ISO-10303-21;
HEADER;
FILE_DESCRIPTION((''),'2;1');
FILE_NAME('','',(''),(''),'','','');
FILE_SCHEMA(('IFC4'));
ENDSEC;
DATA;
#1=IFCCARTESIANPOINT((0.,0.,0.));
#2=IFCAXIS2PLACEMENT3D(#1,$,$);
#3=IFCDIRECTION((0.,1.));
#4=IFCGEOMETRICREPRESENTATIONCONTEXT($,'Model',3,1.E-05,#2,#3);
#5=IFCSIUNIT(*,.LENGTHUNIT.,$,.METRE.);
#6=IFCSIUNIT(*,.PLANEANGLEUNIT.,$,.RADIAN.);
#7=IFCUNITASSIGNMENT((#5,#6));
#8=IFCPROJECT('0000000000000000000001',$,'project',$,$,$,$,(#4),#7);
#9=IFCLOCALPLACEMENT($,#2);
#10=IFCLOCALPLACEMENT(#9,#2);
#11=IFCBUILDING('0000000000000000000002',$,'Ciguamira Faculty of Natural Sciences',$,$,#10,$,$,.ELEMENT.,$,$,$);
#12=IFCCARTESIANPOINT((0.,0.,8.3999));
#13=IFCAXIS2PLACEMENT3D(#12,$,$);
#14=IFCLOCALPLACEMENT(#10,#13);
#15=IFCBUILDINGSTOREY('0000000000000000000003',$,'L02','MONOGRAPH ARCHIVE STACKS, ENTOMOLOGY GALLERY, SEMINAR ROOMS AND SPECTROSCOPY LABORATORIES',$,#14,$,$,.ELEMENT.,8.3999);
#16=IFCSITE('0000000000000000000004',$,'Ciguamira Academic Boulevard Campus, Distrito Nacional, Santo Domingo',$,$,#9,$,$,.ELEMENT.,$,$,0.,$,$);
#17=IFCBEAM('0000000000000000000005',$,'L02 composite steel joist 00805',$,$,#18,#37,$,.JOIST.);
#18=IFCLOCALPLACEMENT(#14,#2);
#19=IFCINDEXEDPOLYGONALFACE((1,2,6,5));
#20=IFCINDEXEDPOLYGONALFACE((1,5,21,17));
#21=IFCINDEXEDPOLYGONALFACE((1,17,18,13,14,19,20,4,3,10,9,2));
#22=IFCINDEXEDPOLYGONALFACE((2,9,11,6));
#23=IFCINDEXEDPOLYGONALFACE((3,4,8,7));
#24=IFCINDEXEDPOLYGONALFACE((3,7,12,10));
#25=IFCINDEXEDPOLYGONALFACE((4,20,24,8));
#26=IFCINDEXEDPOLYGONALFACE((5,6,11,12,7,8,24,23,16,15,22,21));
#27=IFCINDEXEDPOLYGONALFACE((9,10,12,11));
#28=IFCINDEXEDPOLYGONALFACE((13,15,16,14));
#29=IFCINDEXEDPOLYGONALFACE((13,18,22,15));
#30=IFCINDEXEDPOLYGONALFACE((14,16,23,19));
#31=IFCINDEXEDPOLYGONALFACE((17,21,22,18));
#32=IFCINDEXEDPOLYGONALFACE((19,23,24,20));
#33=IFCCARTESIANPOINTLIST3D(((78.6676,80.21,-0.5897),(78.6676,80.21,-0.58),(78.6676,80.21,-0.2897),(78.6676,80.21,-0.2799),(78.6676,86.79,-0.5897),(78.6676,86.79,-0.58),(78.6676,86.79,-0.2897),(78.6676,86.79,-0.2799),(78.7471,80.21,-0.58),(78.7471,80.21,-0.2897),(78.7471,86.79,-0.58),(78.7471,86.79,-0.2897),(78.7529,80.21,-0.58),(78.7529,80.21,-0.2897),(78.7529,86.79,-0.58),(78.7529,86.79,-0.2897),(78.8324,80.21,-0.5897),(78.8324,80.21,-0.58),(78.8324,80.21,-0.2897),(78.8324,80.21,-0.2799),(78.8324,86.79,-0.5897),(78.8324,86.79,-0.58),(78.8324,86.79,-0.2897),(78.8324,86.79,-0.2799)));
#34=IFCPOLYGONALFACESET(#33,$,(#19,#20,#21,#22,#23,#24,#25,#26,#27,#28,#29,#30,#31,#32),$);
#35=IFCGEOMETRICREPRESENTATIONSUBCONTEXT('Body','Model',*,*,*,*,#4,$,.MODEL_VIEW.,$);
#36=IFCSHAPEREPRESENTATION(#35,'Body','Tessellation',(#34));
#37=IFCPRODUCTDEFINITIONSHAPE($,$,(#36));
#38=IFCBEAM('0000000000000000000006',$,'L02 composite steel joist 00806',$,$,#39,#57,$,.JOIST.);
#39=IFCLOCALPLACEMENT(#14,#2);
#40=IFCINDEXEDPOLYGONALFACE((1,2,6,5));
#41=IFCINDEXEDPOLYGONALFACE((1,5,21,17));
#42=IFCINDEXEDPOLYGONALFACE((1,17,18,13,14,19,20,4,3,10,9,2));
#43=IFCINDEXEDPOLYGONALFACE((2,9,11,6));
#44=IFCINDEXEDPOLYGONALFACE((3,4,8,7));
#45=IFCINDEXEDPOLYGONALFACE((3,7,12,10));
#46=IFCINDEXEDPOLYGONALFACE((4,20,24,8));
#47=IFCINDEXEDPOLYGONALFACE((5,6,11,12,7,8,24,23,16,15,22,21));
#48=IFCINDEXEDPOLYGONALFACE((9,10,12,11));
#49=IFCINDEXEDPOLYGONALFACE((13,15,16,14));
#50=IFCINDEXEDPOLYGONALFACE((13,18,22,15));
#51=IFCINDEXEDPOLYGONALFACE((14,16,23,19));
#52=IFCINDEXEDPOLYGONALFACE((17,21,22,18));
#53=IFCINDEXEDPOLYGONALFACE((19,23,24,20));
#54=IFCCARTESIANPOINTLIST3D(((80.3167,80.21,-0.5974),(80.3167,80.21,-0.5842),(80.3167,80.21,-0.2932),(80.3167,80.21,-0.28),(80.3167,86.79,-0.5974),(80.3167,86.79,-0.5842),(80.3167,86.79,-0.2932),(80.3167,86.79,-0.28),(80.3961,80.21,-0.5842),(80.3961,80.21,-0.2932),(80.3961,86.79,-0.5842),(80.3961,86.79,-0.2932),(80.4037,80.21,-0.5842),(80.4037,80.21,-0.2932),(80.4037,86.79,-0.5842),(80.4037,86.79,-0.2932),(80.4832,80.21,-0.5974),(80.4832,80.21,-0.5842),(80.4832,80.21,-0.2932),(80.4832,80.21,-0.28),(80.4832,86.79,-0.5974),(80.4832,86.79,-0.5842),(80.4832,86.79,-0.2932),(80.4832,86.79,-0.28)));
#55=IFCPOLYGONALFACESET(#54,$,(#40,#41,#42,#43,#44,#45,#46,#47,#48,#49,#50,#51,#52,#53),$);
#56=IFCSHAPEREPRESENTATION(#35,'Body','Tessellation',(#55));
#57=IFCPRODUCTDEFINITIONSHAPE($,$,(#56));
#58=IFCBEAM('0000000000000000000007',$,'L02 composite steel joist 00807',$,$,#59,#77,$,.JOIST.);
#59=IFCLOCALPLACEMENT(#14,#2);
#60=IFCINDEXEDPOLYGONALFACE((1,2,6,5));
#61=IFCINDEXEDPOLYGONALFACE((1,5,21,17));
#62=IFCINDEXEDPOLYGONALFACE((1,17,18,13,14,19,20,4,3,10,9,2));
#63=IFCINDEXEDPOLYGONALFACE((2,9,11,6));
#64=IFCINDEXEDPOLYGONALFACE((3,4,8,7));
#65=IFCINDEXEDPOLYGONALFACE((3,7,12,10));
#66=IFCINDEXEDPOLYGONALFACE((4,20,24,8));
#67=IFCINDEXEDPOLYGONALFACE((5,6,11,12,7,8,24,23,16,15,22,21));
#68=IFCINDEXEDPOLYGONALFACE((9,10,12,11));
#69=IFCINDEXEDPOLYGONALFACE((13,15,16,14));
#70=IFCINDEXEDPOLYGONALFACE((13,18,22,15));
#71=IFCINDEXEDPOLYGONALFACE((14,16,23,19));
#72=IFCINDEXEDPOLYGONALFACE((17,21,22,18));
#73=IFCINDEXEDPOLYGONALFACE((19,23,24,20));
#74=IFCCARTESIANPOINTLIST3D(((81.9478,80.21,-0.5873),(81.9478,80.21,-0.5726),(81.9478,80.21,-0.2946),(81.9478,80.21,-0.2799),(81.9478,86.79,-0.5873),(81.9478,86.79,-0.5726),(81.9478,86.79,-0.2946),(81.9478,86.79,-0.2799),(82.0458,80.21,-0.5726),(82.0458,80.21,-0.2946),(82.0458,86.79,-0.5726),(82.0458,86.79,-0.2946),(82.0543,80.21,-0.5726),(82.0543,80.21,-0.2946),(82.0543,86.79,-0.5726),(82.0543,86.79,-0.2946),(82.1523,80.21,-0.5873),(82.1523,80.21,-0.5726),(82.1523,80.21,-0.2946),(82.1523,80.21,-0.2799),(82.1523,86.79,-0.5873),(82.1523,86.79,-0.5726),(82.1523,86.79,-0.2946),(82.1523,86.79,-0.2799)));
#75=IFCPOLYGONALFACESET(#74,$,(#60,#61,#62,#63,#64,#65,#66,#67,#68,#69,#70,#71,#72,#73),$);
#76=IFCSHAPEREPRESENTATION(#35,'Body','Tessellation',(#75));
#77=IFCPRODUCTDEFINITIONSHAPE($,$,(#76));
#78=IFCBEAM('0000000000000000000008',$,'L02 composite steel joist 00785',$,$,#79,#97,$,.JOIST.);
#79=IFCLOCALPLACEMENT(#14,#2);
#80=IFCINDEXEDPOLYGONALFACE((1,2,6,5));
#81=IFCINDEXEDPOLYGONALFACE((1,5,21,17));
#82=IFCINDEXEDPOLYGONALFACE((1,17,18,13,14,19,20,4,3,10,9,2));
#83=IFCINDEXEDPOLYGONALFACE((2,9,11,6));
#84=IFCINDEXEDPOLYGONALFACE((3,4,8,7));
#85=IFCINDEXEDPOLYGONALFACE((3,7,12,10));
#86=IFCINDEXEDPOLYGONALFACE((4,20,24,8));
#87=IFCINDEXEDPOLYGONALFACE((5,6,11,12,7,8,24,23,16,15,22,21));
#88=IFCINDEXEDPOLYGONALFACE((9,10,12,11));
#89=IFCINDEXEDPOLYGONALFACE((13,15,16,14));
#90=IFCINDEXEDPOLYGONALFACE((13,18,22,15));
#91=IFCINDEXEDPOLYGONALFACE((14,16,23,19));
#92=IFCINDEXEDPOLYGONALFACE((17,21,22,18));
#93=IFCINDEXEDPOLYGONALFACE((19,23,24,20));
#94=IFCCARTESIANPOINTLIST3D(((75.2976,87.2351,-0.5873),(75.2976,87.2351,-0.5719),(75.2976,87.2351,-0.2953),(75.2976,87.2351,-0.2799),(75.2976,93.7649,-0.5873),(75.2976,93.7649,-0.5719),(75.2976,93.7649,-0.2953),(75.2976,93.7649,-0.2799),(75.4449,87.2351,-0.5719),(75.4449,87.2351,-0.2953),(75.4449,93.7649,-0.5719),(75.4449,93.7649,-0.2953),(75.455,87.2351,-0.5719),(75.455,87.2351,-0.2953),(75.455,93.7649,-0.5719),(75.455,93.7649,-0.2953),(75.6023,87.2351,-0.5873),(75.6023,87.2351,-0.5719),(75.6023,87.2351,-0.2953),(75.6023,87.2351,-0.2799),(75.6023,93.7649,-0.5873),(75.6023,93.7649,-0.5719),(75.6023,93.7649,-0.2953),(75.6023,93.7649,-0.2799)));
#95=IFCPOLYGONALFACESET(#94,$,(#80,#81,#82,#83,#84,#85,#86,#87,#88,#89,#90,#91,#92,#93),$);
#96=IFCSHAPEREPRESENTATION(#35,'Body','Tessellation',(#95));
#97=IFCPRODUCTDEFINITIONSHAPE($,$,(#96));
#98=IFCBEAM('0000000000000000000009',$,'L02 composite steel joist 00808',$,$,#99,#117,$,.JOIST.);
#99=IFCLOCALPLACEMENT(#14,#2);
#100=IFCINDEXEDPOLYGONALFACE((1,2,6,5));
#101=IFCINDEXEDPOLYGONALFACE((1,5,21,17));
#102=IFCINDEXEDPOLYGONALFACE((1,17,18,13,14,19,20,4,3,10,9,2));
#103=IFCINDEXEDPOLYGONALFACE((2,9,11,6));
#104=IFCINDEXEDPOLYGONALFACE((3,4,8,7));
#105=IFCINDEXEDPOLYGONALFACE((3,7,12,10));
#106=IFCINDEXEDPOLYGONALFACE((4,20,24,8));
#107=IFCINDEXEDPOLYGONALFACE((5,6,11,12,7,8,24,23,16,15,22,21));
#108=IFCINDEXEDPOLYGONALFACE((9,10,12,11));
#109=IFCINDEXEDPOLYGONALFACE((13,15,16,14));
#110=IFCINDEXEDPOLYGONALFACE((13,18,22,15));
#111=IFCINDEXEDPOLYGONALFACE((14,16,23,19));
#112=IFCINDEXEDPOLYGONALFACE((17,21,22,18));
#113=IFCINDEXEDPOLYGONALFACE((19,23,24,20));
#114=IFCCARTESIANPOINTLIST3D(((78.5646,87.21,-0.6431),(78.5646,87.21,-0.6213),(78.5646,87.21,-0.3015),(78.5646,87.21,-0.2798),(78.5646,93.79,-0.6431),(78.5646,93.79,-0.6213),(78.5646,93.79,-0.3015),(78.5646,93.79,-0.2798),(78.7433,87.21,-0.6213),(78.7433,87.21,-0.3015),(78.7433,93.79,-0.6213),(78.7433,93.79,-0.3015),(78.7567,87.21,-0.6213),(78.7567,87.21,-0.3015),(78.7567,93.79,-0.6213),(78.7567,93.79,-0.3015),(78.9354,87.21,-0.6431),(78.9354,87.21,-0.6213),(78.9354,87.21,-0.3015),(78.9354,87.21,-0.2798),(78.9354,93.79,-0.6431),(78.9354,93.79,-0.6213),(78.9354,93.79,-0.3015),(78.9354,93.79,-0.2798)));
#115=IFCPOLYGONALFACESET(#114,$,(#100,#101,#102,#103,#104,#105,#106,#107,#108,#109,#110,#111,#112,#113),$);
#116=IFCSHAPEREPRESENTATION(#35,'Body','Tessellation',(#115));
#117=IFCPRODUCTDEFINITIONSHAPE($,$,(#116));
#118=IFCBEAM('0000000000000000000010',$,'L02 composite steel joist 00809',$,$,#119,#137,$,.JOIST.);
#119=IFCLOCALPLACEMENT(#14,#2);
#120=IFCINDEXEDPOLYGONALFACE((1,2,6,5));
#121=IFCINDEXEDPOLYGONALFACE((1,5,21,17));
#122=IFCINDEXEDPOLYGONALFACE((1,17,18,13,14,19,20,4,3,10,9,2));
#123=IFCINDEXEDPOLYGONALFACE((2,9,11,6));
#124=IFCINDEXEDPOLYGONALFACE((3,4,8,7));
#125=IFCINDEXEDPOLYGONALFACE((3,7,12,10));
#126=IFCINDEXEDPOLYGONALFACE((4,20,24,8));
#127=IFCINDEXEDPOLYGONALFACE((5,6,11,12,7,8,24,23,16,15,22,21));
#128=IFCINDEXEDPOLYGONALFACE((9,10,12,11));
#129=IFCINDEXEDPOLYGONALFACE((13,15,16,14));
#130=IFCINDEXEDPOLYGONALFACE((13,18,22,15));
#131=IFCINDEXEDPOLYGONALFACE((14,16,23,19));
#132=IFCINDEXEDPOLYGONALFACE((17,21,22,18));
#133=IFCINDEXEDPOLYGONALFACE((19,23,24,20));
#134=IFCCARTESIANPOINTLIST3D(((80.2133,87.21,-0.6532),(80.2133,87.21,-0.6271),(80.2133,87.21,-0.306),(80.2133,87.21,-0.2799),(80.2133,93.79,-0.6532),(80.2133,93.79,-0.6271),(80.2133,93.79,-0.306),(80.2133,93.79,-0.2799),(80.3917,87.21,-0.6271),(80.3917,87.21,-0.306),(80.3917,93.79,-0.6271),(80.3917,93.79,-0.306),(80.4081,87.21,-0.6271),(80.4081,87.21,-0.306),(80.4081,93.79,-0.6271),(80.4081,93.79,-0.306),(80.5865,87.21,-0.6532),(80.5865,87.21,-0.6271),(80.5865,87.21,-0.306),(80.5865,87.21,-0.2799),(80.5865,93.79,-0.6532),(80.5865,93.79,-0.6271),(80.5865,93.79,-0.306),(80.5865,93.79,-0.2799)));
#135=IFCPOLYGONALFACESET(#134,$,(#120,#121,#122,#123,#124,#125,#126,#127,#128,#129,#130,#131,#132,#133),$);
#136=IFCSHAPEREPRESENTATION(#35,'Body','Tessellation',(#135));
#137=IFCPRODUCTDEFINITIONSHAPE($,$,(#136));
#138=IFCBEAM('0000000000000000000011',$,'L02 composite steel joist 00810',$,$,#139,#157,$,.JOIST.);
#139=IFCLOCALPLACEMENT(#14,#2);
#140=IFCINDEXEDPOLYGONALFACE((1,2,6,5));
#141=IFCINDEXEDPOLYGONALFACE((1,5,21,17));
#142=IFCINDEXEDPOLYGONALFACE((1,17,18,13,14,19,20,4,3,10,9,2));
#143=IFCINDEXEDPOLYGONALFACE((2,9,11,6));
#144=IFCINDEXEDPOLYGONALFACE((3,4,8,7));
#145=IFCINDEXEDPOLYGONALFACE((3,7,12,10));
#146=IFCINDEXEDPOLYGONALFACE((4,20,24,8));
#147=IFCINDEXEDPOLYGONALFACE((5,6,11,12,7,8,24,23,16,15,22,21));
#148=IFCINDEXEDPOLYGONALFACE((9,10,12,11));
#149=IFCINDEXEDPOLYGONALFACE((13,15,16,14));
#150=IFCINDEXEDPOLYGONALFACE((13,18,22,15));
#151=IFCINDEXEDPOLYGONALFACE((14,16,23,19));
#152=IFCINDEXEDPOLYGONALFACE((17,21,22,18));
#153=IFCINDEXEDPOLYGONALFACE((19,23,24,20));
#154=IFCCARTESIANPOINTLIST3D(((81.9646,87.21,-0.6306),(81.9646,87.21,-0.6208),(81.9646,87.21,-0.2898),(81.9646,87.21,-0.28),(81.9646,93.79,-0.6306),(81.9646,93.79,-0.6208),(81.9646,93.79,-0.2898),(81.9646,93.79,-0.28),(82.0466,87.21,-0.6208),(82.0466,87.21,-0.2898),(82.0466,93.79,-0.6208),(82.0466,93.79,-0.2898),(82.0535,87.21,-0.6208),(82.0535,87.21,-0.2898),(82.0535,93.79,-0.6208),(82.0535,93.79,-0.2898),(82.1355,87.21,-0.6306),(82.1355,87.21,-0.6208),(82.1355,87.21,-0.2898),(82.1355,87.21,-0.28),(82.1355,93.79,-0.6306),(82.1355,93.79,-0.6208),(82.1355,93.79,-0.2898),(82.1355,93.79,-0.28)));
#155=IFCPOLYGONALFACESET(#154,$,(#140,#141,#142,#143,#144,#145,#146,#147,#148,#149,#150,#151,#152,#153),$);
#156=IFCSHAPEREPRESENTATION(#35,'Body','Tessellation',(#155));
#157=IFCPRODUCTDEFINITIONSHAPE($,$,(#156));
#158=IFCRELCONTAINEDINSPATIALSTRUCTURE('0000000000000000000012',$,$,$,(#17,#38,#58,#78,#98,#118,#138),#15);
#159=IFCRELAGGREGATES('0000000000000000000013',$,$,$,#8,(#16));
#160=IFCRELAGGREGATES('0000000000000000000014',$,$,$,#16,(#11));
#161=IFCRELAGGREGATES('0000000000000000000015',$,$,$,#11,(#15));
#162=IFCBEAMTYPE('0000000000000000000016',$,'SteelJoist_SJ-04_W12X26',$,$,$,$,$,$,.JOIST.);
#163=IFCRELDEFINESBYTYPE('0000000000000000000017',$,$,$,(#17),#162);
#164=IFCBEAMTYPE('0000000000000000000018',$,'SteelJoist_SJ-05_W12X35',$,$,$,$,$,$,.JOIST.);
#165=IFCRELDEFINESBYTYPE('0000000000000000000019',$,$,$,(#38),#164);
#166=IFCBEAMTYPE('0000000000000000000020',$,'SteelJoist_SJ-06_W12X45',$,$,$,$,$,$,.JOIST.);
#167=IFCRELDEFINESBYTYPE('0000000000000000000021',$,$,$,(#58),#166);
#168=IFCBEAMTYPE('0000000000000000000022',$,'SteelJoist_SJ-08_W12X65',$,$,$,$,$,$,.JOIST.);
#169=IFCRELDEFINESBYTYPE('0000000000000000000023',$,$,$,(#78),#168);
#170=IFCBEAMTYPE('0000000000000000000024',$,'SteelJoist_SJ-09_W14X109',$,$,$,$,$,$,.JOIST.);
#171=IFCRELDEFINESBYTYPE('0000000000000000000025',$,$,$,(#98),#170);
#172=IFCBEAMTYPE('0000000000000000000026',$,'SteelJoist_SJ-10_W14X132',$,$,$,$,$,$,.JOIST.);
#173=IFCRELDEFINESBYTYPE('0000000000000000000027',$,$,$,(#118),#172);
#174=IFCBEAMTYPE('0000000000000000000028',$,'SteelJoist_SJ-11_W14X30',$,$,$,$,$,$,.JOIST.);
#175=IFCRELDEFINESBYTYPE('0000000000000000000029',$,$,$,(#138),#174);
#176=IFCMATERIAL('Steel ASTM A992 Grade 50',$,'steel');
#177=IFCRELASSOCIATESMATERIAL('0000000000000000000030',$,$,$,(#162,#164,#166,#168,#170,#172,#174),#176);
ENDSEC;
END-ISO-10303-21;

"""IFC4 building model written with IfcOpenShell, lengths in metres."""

from ifc_helpers import new_model, si_unit, direction, frame, origin, origin_2d, place, context, subcontext, project, spatial, i_section, extrude, material, material_profile, profile_set, type_object, element, save


model = new_model("IFC4")

# Units and contexts
model_context = context("Model", 3, precision=1e-05, world=origin(), true_north=direction((0.0, 1.0)))
body_context = subcontext(model_context, "Body", "Model", "MODEL_VIEW")
ifc_project = project(units=[si_unit("LENGTHUNIT", "METRE"), si_unit("PLANEANGLEUNIT", "RADIAN")], contexts=[model_context])

# Site, building, storey
site_placement = place(None, origin())
site = spatial("IfcSite", under=ifc_project, at=site_placement, Name="Ciguamira Academic Boulevard Campus, Distrito Nacional, Santo Domingo", CompositionType="ELEMENT", RefElevation=0.0)
building_placement = place(site_placement, origin())
building = spatial("IfcBuilding", under=site, at=building_placement, Name="Ciguamira Faculty of Natural Sciences", CompositionType="ELEMENT")
storey_placement = place(building_placement, frame((0.0, 0.0, 8.3999)))
storey = spatial("IfcBuildingStorey", under=building, at=storey_placement, Name="L02", Description="MONOGRAPH ARCHIVE STACKS, ENTOMOLOGY GALLERY, SEMINAR ROOMS AND SPECTROSCOPY LABORATORIES", CompositionType="ELEMENT", Elevation=8.3999)

# Beams
ifc_material_1 = material(Name="Steel ASTM A992 Grade 50", Category="steel")
ifc_material_profile_1 = material_profile(ifc_material_1, i_section(OverallWidth=0.1648, OverallDepth=0.3098, WebThickness=0.0059, FlangeThickness=0.0098, at=origin_2d()), Name="W12X26")
ifc_profile_set_1 = profile_set([ifc_material_profile_1], Name="Steel ASTM A992 Grade 50")
beam_type_1 = type_object("IfcBeamType", Name="SteelJoist_SJ-04_W12X26", PredefinedType="JOIST", material=ifc_profile_set_1)
beam_1_placement = place(storey_placement, frame((78.75, 80.21, -0.4348), z_axis=(0.0, 1.0, 0.0), x_axis=(-1.0, 0.0, 0.0)))
element("IfcBeam", 1, at=beam_1_placement, inside=storey, type_object=beam_type_1, Name="L02 composite steel joist 00805", PredefinedType="JOIST", context=body_context, shape_type="SweptSolid", body=[
    extrude(i_section(OverallWidth=0.1648, OverallDepth=0.3098, WebThickness=0.0059, FlangeThickness=0.0098, at=origin_2d()), origin(), (0.0, 0.0, 1.0), 6.5801),
])
ifc_material_profile_2 = material_profile(ifc_material_1, i_section(OverallWidth=0.1665, OverallDepth=0.3174, WebThickness=0.0076, FlangeThickness=0.0132, at=origin_2d()), Name="W12X35")
ifc_profile_set_2 = profile_set([ifc_material_profile_2], Name="Steel ASTM A992 Grade 50")
beam_type_2 = type_object("IfcBeamType", Name="SteelJoist_SJ-05_W12X35", PredefinedType="JOIST", material=ifc_profile_set_2)
beam_2_placement = place(storey_placement, frame((80.3999, 80.21, -0.4387), z_axis=(0.0, 1.0, 0.0), x_axis=(-1.0, 0.0, 0.0)))
element("IfcBeam", 2, at=beam_2_placement, inside=storey, type_object=beam_type_2, Name="L02 composite steel joist 00806", PredefinedType="JOIST", context=body_context, shape_type="SweptSolid", body=[
    extrude(i_section(OverallWidth=0.1665, OverallDepth=0.3174, WebThickness=0.0076, FlangeThickness=0.0132, at=origin_2d()), origin(), (0.0, 0.0, 1.0), 6.5801),
])
ifc_material_profile_3 = material_profile(ifc_material_1, i_section(OverallWidth=0.2046, OverallDepth=0.3074, WebThickness=0.0085, FlangeThickness=0.0146, at=origin_2d()), Name="W12X45")
ifc_profile_set_3 = profile_set([ifc_material_profile_3], Name="Steel ASTM A992 Grade 50")
beam_type_3 = type_object("IfcBeamType", Name="SteelJoist_SJ-06_W12X45", PredefinedType="JOIST", material=ifc_profile_set_3)
beam_3_placement = place(storey_placement, frame((82.05, 80.21, -0.4336), z_axis=(0.0, 1.0, 0.0), x_axis=(-1.0, 0.0, 0.0)))
element("IfcBeam", 3, at=beam_3_placement, inside=storey, type_object=beam_type_3, Name="L02 composite steel joist 00807", PredefinedType="JOIST", context=body_context, shape_type="SweptSolid", body=[
    extrude(i_section(OverallWidth=0.2046, OverallDepth=0.3074, WebThickness=0.0085, FlangeThickness=0.0146, at=origin_2d()), origin(), (0.0, 0.0, 1.0), 6.5801),
])
ifc_material_profile_4 = material_profile(ifc_material_1, i_section(OverallWidth=0.3047, OverallDepth=0.3074, WebThickness=0.01, FlangeThickness=0.0154, at=origin_2d()), Name="W12X65")
ifc_profile_set_4 = profile_set([ifc_material_profile_4], Name="Steel ASTM A992 Grade 50")
beam_type_4 = type_object("IfcBeamType", Name="SteelJoist_SJ-08_W12X65", PredefinedType="JOIST", material=ifc_profile_set_4)
beam_4_placement = place(storey_placement, frame((75.45, 87.2351, -0.4336), z_axis=(0.0, 1.0, 0.0), x_axis=(-1.0, 0.0, 0.0)))
element("IfcBeam", 4, at=beam_4_placement, inside=storey, type_object=beam_type_4, Name="L02 composite steel joist 00785", PredefinedType="JOIST", context=body_context, shape_type="SweptSolid", body=[
    extrude(i_section(OverallWidth=0.3047, OverallDepth=0.3074, WebThickness=0.01, FlangeThickness=0.0154, at=origin_2d()), origin(), (0.0, 0.0, 1.0), 6.5298),
])
ifc_material_profile_5 = material_profile(ifc_material_1, i_section(OverallWidth=0.3708, OverallDepth=0.3633, WebThickness=0.0134, FlangeThickness=0.0217, at=origin_2d()), Name="W14X109")
ifc_profile_set_5 = profile_set([ifc_material_profile_5], Name="Steel ASTM A992 Grade 50")
beam_type_5 = type_object("IfcBeamType", Name="SteelJoist_SJ-09_W14X109", PredefinedType="JOIST", material=ifc_profile_set_5)
beam_5_placement = place(storey_placement, frame((78.75, 87.21, -0.4614), z_axis=(0.0, 1.0, 0.0), x_axis=(-1.0, 0.0, 0.0)))
element("IfcBeam", 5, at=beam_5_placement, inside=storey, type_object=beam_type_5, Name="L02 composite steel joist 00808", PredefinedType="JOIST", context=body_context, shape_type="SweptSolid", body=[
    extrude(i_section(OverallWidth=0.3708, OverallDepth=0.3633, WebThickness=0.0134, FlangeThickness=0.0217, at=origin_2d()), origin(), (0.0, 0.0, 1.0), 6.5801),
])
ifc_material_profile_6 = material_profile(ifc_material_1, i_section(OverallWidth=0.3733, OverallDepth=0.3733, WebThickness=0.0164, FlangeThickness=0.0261, at=origin_2d()), Name="W14X132")
ifc_profile_set_6 = profile_set([ifc_material_profile_6], Name="Steel ASTM A992 Grade 50")
beam_type_6 = type_object("IfcBeamType", Name="SteelJoist_SJ-10_W14X132", PredefinedType="JOIST", material=ifc_profile_set_6)
beam_6_placement = place(storey_placement, frame((80.3999, 87.21, -0.4666), z_axis=(0.0, 1.0, 0.0), x_axis=(-1.0, 0.0, 0.0)))
element("IfcBeam", 6, at=beam_6_placement, inside=storey, type_object=beam_type_6, Name="L02 composite steel joist 00809", PredefinedType="JOIST", context=body_context, shape_type="SweptSolid", body=[
    extrude(i_section(OverallWidth=0.3733, OverallDepth=0.3733, WebThickness=0.0164, FlangeThickness=0.0261, at=origin_2d()), origin(), (0.0, 0.0, 1.0), 6.5801),
])
ifc_material_profile_7 = material_profile(ifc_material_1, i_section(OverallWidth=0.1709, OverallDepth=0.3506, WebThickness=0.0068, FlangeThickness=0.0098, at=origin_2d()), Name="W14X30")
ifc_profile_set_7 = profile_set([ifc_material_profile_7], Name="Steel ASTM A992 Grade 50")
beam_type_7 = type_object("IfcBeamType", Name="SteelJoist_SJ-11_W14X30", PredefinedType="JOIST", material=ifc_profile_set_7)
beam_7_placement = place(storey_placement, frame((82.05, 87.21, -0.4553), z_axis=(0.0, 1.0, 0.0), x_axis=(-1.0, 0.0, 0.0)))
element("IfcBeam", 7, at=beam_7_placement, inside=storey, type_object=beam_type_7, Name="L02 composite steel joist 00810", PredefinedType="JOIST", context=body_context, shape_type="SweptSolid", body=[
    extrude(i_section(OverallWidth=0.1709, OverallDepth=0.3506, WebThickness=0.0068, FlangeThickness=0.0098, at=origin_2d()), origin(), (0.0, 0.0, 1.0), 6.5801),
])

save(model, "model.ifc")
